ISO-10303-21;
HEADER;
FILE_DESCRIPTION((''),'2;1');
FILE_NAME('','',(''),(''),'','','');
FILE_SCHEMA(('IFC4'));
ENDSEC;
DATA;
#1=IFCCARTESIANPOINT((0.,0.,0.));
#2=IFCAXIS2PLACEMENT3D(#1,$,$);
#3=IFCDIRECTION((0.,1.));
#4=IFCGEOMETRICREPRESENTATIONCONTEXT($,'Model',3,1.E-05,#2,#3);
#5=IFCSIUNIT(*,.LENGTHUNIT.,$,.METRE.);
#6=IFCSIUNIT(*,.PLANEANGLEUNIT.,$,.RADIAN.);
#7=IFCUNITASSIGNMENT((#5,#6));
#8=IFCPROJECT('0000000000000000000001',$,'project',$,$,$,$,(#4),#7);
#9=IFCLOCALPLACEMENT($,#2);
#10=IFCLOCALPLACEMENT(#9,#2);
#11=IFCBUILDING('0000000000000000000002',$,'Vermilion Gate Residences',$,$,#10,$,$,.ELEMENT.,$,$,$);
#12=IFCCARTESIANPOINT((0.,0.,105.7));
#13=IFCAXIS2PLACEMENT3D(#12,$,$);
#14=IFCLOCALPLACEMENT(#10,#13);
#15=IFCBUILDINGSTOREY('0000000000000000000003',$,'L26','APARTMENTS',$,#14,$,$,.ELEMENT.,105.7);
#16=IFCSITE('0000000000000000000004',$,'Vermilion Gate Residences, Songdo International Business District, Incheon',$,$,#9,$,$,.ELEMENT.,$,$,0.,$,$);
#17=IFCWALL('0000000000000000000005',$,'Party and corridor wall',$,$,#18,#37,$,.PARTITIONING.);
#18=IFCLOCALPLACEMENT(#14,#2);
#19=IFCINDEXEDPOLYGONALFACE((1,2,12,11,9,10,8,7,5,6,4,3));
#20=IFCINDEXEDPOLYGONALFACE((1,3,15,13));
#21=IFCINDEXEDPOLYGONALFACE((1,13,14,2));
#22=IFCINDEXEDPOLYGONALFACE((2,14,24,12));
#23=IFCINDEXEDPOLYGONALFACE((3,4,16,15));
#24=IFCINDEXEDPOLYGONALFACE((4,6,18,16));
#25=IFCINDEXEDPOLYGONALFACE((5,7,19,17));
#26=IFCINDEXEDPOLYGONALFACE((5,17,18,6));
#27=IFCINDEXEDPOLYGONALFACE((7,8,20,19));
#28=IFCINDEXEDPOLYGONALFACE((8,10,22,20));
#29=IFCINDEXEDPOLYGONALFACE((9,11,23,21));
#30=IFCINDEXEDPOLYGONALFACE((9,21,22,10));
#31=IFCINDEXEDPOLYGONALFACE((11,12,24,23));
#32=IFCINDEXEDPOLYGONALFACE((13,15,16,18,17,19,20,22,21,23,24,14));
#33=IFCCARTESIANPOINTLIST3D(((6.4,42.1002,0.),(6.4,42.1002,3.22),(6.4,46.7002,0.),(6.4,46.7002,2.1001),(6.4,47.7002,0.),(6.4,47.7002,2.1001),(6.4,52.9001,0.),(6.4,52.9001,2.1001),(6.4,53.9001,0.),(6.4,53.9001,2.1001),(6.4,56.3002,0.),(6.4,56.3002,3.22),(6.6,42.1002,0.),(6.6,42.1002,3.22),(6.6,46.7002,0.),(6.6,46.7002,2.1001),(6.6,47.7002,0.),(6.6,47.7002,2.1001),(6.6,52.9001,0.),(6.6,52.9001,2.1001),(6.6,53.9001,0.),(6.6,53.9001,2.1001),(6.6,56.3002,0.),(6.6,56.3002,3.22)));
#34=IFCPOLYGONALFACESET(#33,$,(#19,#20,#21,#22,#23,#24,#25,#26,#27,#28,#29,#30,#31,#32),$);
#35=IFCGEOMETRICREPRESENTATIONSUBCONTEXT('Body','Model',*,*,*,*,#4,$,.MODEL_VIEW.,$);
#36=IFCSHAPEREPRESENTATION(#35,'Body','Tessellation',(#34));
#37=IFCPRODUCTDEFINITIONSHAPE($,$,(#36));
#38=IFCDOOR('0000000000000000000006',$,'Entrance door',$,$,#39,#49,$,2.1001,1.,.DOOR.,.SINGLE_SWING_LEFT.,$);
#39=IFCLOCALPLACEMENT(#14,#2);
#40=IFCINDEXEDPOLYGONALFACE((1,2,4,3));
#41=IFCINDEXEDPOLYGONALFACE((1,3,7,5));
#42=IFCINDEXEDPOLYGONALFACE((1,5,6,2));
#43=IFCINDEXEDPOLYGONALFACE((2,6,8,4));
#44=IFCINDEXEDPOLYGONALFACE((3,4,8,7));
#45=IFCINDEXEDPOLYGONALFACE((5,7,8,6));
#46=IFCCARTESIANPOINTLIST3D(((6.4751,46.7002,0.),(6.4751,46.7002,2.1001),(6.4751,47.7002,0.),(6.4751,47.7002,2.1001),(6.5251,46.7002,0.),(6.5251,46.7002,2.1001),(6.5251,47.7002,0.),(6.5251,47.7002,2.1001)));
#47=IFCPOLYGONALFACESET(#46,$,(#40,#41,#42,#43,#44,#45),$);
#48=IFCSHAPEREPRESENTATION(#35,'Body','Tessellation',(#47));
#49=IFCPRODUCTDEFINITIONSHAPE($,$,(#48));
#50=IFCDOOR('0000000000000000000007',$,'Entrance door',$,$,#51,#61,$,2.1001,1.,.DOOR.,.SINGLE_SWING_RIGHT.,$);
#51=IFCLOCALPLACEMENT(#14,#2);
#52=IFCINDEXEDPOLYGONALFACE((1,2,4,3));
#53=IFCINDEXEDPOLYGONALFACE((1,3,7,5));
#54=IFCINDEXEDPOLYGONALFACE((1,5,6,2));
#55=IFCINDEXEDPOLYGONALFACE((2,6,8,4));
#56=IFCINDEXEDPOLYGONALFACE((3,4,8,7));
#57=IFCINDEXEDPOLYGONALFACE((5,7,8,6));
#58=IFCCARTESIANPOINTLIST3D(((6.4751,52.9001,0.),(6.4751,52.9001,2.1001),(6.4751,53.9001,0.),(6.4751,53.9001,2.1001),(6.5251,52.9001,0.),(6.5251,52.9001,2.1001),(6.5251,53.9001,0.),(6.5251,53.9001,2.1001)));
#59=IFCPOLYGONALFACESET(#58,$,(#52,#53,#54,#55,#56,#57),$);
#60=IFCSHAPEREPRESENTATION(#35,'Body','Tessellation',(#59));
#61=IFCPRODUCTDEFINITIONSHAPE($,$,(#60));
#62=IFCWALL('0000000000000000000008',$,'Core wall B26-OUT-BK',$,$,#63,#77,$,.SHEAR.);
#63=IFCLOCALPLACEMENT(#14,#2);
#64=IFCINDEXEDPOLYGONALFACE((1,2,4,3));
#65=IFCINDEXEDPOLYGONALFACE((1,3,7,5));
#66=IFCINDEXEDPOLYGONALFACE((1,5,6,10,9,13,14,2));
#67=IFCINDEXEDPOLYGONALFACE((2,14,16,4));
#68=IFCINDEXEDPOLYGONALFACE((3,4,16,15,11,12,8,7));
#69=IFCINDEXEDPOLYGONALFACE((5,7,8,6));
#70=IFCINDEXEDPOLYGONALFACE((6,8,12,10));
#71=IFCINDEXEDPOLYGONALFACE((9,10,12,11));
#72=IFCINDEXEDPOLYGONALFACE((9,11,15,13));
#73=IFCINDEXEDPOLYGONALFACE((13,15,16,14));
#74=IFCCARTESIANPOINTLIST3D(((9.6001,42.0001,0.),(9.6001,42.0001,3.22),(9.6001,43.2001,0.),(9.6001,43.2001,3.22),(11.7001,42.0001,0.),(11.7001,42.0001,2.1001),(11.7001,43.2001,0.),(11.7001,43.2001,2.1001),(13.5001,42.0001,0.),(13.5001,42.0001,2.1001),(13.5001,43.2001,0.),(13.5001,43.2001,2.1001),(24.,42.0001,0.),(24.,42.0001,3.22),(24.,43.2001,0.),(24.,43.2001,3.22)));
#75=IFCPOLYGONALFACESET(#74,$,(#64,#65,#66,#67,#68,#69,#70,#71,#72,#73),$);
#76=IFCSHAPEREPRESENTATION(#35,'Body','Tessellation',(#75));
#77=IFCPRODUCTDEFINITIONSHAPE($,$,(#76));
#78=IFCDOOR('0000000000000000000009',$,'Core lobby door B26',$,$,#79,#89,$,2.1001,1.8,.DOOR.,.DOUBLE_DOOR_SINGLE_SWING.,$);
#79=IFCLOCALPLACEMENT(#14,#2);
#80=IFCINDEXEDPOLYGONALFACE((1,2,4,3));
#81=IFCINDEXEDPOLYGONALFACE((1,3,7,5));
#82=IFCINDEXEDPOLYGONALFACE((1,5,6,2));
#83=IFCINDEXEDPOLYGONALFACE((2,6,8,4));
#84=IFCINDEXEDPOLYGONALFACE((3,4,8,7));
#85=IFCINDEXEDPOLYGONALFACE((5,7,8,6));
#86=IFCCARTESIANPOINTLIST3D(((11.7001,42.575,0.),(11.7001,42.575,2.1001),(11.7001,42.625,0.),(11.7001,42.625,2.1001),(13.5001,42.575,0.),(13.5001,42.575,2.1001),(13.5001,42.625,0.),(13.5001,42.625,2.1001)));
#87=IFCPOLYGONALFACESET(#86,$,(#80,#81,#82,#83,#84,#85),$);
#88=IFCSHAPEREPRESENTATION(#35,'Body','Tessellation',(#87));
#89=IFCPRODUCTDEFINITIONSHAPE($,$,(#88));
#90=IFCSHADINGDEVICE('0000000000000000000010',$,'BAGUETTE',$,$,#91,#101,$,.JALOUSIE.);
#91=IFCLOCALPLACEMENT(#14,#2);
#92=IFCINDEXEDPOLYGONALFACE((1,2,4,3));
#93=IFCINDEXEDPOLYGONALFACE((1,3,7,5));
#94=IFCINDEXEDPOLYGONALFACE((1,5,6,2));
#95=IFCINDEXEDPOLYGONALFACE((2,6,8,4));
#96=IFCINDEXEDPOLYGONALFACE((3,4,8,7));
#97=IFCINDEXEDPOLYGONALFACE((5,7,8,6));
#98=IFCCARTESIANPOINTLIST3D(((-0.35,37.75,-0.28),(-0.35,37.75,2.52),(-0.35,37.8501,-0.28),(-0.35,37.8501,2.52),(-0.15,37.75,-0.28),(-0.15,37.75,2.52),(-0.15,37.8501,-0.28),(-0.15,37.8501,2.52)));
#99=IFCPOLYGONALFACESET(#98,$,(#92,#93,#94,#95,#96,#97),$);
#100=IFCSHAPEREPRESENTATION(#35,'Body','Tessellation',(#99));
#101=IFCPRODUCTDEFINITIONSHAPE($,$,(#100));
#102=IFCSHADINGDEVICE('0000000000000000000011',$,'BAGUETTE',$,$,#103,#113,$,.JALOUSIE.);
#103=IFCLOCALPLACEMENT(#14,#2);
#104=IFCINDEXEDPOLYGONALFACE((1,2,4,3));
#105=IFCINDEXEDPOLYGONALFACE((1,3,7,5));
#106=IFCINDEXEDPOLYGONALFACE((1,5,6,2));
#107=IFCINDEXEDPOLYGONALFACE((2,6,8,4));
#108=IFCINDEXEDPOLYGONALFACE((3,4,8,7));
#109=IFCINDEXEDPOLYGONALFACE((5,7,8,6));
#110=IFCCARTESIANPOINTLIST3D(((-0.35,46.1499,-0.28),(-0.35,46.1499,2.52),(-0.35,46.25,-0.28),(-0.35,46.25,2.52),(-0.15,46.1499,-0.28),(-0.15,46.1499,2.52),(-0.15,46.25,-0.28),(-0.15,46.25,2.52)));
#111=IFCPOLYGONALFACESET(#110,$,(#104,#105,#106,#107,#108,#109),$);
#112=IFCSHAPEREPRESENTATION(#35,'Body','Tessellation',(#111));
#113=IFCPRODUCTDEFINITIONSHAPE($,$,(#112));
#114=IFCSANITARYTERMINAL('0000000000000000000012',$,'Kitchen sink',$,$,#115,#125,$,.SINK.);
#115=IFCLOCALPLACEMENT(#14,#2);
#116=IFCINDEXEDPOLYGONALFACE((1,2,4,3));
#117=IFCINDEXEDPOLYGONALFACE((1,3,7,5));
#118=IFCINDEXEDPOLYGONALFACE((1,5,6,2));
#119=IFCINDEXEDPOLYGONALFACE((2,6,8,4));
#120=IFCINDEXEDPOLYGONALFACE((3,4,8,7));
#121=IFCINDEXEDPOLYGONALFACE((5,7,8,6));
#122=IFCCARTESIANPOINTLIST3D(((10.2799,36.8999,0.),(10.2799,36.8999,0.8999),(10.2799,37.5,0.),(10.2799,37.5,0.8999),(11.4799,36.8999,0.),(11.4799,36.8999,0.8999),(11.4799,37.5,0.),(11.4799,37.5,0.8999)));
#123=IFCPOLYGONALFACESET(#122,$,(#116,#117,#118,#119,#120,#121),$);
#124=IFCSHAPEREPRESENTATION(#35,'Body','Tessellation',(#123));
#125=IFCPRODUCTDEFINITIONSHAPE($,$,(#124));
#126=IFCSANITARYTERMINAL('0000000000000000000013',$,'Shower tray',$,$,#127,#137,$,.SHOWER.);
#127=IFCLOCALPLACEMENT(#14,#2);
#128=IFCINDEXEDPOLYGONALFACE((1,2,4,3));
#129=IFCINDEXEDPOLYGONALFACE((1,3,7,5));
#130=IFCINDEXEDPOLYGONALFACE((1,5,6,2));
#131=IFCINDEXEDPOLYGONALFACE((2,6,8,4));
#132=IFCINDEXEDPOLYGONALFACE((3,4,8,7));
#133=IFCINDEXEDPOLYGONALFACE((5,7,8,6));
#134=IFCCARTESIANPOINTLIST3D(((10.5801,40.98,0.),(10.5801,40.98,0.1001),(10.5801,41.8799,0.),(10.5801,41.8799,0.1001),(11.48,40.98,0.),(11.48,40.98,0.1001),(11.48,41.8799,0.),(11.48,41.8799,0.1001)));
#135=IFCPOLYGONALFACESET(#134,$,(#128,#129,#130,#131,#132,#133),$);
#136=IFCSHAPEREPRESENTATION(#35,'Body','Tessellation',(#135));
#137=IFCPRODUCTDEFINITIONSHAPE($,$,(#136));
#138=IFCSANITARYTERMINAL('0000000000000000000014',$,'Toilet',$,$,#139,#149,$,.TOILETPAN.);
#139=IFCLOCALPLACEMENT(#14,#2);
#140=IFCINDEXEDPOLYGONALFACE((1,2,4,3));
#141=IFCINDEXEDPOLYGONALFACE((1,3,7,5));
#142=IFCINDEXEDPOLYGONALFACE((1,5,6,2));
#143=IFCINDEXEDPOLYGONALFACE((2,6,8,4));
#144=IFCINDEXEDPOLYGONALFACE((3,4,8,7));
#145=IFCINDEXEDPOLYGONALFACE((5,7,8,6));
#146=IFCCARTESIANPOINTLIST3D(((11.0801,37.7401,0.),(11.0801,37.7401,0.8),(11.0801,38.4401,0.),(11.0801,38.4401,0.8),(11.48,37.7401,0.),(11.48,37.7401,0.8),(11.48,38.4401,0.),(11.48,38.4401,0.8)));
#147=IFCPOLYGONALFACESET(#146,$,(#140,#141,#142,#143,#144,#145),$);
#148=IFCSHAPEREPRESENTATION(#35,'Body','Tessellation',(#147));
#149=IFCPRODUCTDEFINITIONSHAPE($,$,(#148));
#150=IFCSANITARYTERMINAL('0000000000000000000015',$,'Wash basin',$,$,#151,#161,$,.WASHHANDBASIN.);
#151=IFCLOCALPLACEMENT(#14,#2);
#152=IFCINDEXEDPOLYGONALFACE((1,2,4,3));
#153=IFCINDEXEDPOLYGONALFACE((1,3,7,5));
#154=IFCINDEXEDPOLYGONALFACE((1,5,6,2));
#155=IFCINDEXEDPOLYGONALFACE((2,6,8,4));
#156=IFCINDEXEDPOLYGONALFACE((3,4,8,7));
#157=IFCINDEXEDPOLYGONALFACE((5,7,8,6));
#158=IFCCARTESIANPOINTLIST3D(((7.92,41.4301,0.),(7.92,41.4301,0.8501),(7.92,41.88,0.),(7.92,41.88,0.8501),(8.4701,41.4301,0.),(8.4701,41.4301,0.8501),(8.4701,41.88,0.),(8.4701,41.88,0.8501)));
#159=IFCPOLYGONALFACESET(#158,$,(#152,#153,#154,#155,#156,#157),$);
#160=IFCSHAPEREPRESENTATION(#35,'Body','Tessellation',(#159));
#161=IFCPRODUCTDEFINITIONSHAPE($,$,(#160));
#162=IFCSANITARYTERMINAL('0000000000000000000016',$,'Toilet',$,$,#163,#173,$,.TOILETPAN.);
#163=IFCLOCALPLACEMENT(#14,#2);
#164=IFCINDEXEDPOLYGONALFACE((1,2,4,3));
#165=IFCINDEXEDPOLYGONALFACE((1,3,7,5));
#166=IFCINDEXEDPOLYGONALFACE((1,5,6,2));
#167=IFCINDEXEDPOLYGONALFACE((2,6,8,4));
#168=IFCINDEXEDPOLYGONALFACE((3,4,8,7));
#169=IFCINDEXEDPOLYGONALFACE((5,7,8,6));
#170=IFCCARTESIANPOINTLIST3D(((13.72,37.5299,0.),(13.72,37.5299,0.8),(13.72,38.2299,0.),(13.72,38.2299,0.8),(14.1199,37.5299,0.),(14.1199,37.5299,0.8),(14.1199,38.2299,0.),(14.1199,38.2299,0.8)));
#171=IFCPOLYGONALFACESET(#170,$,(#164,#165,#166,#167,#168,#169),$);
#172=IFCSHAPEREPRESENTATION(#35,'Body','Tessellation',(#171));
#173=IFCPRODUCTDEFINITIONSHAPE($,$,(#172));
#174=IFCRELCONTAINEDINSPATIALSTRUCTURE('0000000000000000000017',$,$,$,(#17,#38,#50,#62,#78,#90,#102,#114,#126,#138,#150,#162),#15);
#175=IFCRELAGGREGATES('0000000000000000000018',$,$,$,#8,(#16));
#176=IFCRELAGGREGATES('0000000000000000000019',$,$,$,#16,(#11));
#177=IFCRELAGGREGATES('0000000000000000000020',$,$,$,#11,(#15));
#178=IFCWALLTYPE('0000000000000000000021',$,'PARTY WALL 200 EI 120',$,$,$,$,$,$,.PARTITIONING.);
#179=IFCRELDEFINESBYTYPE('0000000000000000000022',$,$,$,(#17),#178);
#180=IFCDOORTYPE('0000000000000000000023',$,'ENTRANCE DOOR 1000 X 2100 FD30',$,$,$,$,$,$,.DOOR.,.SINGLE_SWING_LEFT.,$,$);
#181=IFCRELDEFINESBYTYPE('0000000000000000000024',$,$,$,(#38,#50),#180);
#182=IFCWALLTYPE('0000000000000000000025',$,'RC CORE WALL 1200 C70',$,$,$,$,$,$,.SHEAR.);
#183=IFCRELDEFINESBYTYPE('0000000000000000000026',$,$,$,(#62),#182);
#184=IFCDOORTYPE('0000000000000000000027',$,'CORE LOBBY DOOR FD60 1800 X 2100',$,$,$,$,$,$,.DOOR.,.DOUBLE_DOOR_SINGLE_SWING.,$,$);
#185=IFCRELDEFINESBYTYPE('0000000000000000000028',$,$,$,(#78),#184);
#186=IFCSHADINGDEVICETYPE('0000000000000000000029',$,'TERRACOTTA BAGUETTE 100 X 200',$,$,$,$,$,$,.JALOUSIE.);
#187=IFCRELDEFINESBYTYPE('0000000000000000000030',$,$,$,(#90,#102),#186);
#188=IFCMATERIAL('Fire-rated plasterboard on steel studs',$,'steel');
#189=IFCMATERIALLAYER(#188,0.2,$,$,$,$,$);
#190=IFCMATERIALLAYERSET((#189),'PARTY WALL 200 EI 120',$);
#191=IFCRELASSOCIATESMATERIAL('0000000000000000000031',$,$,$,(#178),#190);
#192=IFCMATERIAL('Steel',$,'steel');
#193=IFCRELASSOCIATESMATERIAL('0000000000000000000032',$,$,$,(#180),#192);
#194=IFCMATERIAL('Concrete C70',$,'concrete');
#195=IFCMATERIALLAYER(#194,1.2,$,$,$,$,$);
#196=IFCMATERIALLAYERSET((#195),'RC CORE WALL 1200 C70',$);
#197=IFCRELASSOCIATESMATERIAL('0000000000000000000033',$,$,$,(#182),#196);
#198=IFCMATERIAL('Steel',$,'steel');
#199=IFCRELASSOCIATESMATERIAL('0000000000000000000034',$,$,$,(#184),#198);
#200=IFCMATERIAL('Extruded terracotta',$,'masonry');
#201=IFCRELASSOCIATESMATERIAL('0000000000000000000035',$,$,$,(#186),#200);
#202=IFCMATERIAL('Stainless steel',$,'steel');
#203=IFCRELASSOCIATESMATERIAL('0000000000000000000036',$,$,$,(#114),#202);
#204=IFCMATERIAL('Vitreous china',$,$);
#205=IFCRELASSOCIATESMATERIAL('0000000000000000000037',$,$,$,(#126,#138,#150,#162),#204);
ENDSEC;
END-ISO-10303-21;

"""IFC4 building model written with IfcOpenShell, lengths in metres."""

from ifc_helpers import new_model, si_unit, direction, frame, frame_2d, origin, origin_2d, place, context, subcontext, project, spatial, rectangle, extrude, material, layer, layer_set, material_profile, profile_set, type_object, element, fill, save


model = new_model("IFC4")

# Units and contexts
model_context = context("Model", 3, precision=1e-05, world=origin(), true_north=direction((0.0, 1.0)))
body_context = subcontext(model_context, "Body", "Model", "MODEL_VIEW")
ifc_project = project(units=[si_unit("LENGTHUNIT", "METRE"), si_unit("PLANEANGLEUNIT", "RADIAN")], contexts=[model_context])

# Site, building, storey
site_placement = place(None, origin())
site = spatial("IfcSite", under=ifc_project, at=site_placement, Name="Vermilion Gate Residences, Songdo International Business District, Incheon", CompositionType="ELEMENT", RefElevation=0.0)
building_placement = place(site_placement, origin())
building = spatial("IfcBuilding", under=site, at=building_placement, Name="Vermilion Gate Residences", CompositionType="ELEMENT")
storey_placement = place(building_placement, frame((0.0, 0.0, 105.7)))
storey = spatial("IfcBuildingStorey", under=building, at=storey_placement, Name="L26", Description="APARTMENTS", CompositionType="ELEMENT", Elevation=105.7)

# Shared definitions
ifc_material_1 = material(Name="Fire-rated plasterboard on steel studs", Category="steel")
ifc_layer_1 = layer(ifc_material_1, 0.2)
ifc_layer_set_1 = layer_set([ifc_layer_1], Name="PARTY WALL 200 EI 120")
wall_type_1 = type_object("IfcWallType", Name="PARTY WALL 200 EI 120", PredefinedType="PARTITIONING", material=ifc_layer_set_1)

# Wall, openings, doors
wall_1_placement = place(storey_placement, frame((6.5, 42.1001, 0.0), z_axis=(0.0, 0.0, 1.0), x_axis=(0.0, 1.0, 0.0)))
wall_1 = element("IfcWall", 1, at=wall_1_placement, inside=storey, type_object=wall_type_1, Name="Party and corridor wall", PredefinedType="PARTITIONING", context=body_context, shape_type="SweptSolid", body=[
    extrude(rectangle(XDim=14.2, YDim=0.2, at=frame_2d((7.1001, 0.0))), origin(), (0.0, 0.0, 1.0), 3.22),
])
opening_1_placement = place(wall_1_placement, frame((4.6001, 0.0, 0.0)))
opening_1 = element("IfcOpeningElement", 2, at=opening_1_placement, cuts=wall_1, PredefinedType="OPENING", context=body_context, shape_type="SweptSolid", body=[
    extrude(rectangle(XDim=1.0, YDim=2.1001, at=frame_2d((0.5, 1.05))), frame((0.0, 0.1099, 0.0), z_axis=(0.0, -1.0, 0.0), x_axis=(1.0, 0.0, 0.0)), (0.0, 0.0, 1.0), 0.22),
])
opening_2_placement = place(wall_1_placement, frame((10.8, 0.0, 0.0)))
opening_2 = element("IfcOpeningElement", 3, at=opening_2_placement, cuts=wall_1, PredefinedType="OPENING", context=body_context, shape_type="SweptSolid", body=[
    extrude(rectangle(XDim=1.0, YDim=2.1001, at=frame_2d((0.5, 1.05))), frame((0.0, 0.1099, 0.0), z_axis=(0.0, -1.0, 0.0), x_axis=(1.0, 0.0, 0.0)), (0.0, 0.0, 1.0), 0.22),
])
ifc_material_2 = material(Name="Steel", Category="steel")
door_type_1 = type_object("IfcDoorType", Name="ENTRANCE DOOR 1000 X 2100 FD30", OperationType="SINGLE_SWING_LEFT", PredefinedType="DOOR", material=ifc_material_2)
door_1_placement = place(opening_1_placement, origin())
door_1 = element("IfcDoor", 4, at=door_1_placement, inside=storey, type_object=door_type_1, Name="Entrance door", OperationType="SINGLE_SWING_LEFT", OverallHeight=2.1001, OverallWidth=1.0, PredefinedType="DOOR", context=body_context, shape_type="SweptSolid", body=[
    extrude(rectangle(XDim=1.0, YDim=2.1001, at=frame_2d((0.5, 1.05))), frame((0.0, 0.0249, 0.0), z_axis=(0.0, -1.0, 0.0), x_axis=(1.0, 0.0, 0.0)), (0.0, 0.0, 1.0), 0.05),
])
fill(opening_1, door_1)
door_2_placement = place(opening_2_placement, origin())
door_2 = element("IfcDoor", 5, at=door_2_placement, inside=storey, type_object=door_type_1, Name="Entrance door", OperationType="SINGLE_SWING_RIGHT", OverallHeight=2.1001, OverallWidth=1.0, PredefinedType="DOOR", context=body_context, shape_type="SweptSolid", body=[
    extrude(rectangle(XDim=1.0, YDim=2.1001, at=frame_2d((0.5, 1.05))), frame((0.0, 0.0249, 0.0), z_axis=(0.0, -1.0, 0.0), x_axis=(1.0, 0.0, 0.0)), (0.0, 0.0, 1.0), 0.05),
])
fill(opening_2, door_2)

# Wall, opening, door
ifc_material_3 = material(Name="Concrete C70", Category="concrete")
ifc_layer_2 = layer(ifc_material_3, 1.2)
ifc_layer_set_2 = layer_set([ifc_layer_2], Name="RC CORE WALL 1200 C70")
wall_type_2 = type_object("IfcWallType", Name="RC CORE WALL 1200 C70", PredefinedType="SHEAR", material=ifc_layer_set_2)
wall_2_placement = place(storey_placement, frame((9.6001, 42.6001, 0.0), z_axis=(0.0, 0.0, 1.0), x_axis=(1.0, 0.0, 0.0)))
wall_2 = element("IfcWall", 6, at=wall_2_placement, inside=storey, type_object=wall_type_2, Name="Core wall B26-OUT-BK", PredefinedType="SHEAR", context=body_context, shape_type="SweptSolid", body=[
    extrude(rectangle(XDim=14.3999, YDim=1.2, at=frame_2d((7.2, 0.0))), origin(), (0.0, 0.0, 1.0), 3.22),
])
opening_3_placement = place(wall_2_placement, frame((2.1001, 0.0, 0.0)))
opening_3 = element("IfcOpeningElement", 7, at=opening_3_placement, cuts=wall_2, PredefinedType="OPENING", context=body_context, shape_type="SweptSolid", body=[
    extrude(rectangle(XDim=1.8, YDim=2.1001, at=frame_2d((0.8999, 1.05))), frame((0.0, 0.6099, 0.0), z_axis=(0.0, -1.0, 0.0), x_axis=(1.0, 0.0, 0.0)), (0.0, 0.0, 1.0), 1.22),
])
ifc_material_4 = material(Name="Steel", Category="steel")
door_type_2 = type_object("IfcDoorType", Name="CORE LOBBY DOOR FD60 1800 X 2100", OperationType="DOUBLE_DOOR_SINGLE_SWING", PredefinedType="DOOR", material=ifc_material_4)
door_3_placement = place(opening_3_placement, origin())
door_3 = element("IfcDoor", 8, at=door_3_placement, inside=storey, type_object=door_type_2, Name="Core lobby door B26", OperationType="DOUBLE_DOOR_SINGLE_SWING", OverallHeight=2.1001, OverallWidth=1.8, PredefinedType="DOOR", context=body_context, shape_type="SweptSolid", body=[
    extrude(rectangle(XDim=1.8, YDim=2.1001, at=frame_2d((0.8999, 1.05))), frame((0.0, 0.0249, 0.0), z_axis=(0.0, -1.0, 0.0), x_axis=(1.0, 0.0, 0.0)), (0.0, 0.0, 1.0), 0.05),
])
fill(opening_3, door_3)

# Shading devices
ifc_material_5 = material(Name="Extruded terracotta", Category="masonry")
ifc_material_profile_1 = material_profile(ifc_material_5, rectangle(XDim=0.2, YDim=0.1001, at=origin_2d()), Name="BAGUETTE 100 X 200")
ifc_profile_set_1 = profile_set([ifc_material_profile_1], Name="Extruded terracotta")
shading_device_type = type_object("IfcShadingDeviceType", Name="TERRACOTTA BAGUETTE 100 X 200", PredefinedType="JALOUSIE", material=ifc_profile_set_1)
for number, where, z_axis, x_axis, name in (
    (9, (-0.25, 37.8, -0.28), (0.0, 0.0, 1.0), (1.0, 0.0, 0.0), "BAGUETTE"),
    (10, (-0.25, 46.2, -0.28), (0.0, 0.0, 1.0), (1.0, 0.0, 0.0), "BAGUETTE"),
):
    element("IfcShadingDevice", number, at=place(storey_placement, frame(where, z_axis=z_axis, x_axis=x_axis)), inside=storey, type_object=shading_device_type, Name=name, PredefinedType="JALOUSIE", context=body_context, shape_type="SweptSolid", body=[
        extrude(rectangle(XDim=0.2, YDim=0.1001, at=origin_2d()), origin(), (0.0, 0.0, 1.0), 2.8),
    ])

# Sanitary terminals
ifc_material_6 = material(Name="Stainless steel", Category="steel")
sanitary_terminal_1_placement = place(storey_placement, frame((10.8799, 37.2, 0.0), z_axis=(0.0, 0.0, 1.0), x_axis=(1.0, 0.0, 0.0)))
element("IfcSanitaryTerminal", 11, at=sanitary_terminal_1_placement, inside=storey, material=ifc_material_6, Name="Kitchen sink", PredefinedType="SINK", context=body_context, shape_type="SweptSolid", body=[
    extrude(rectangle(XDim=1.2, YDim=0.6001, at=origin_2d()), origin(), (0.0, 0.0, 1.0), 0.8999),
])
ifc_material_7 = material(Name="Vitreous china")
sanitary_terminal_2_placement = place(storey_placement, frame((11.03, 41.4299, 0.0), z_axis=(0.0, 0.0, 1.0), x_axis=(1.0, 0.0, 0.0)))
element("IfcSanitaryTerminal", 12, at=sanitary_terminal_2_placement, inside=storey, material=ifc_material_7, Name="Shower tray", PredefinedType="SHOWER", context=body_context, shape_type="SweptSolid", body=[
    extrude(rectangle(XDim=0.8999, YDim=0.8999, at=origin_2d()), origin(), (0.0, 0.0, 1.0), 0.1001),
])
sanitary_terminal_3_placement = place(storey_placement, frame((11.28, 38.0901, 0.0), z_axis=(0.0, 0.0, 1.0), x_axis=(1.0, 0.0, 0.0)))
element("IfcSanitaryTerminal", 13, at=sanitary_terminal_3_placement, inside=storey, material=ifc_material_7, Name="Toilet", PredefinedType="TOILETPAN", context=body_context, shape_type="SweptSolid", body=[
    extrude(rectangle(XDim=0.3999, YDim=0.7, at=origin_2d()), origin(), (0.0, 0.0, 1.0), 0.8),
])
sanitary_terminal_4_placement = place(storey_placement, frame((8.1951, 41.655, 0.0), z_axis=(0.0, 0.0, 1.0), x_axis=(1.0, 0.0, 0.0)))
element("IfcSanitaryTerminal", 14, at=sanitary_terminal_4_placement, inside=storey, material=ifc_material_7, Name="Wash basin", PredefinedType="WASHHANDBASIN", context=body_context, shape_type="SweptSolid", body=[
    extrude(rectangle(XDim=0.55, YDim=0.45, at=origin_2d()), origin(), (0.0, 0.0, 1.0), 0.8501),
])
sanitary_terminal_5_placement = place(storey_placement, frame((13.9199, 37.8799, 0.0), z_axis=(0.0, 0.0, 1.0), x_axis=(1.0, 0.0, 0.0)))
element("IfcSanitaryTerminal", 15, at=sanitary_terminal_5_placement, inside=storey, material=ifc_material_7, Name="Toilet", PredefinedType="TOILETPAN", context=body_context, shape_type="SweptSolid", body=[
    extrude(rectangle(XDim=0.3999, YDim=0.7, at=origin_2d()), origin(), (0.0, 0.0, 1.0), 0.8),
])

save(model, "model.ifc")
